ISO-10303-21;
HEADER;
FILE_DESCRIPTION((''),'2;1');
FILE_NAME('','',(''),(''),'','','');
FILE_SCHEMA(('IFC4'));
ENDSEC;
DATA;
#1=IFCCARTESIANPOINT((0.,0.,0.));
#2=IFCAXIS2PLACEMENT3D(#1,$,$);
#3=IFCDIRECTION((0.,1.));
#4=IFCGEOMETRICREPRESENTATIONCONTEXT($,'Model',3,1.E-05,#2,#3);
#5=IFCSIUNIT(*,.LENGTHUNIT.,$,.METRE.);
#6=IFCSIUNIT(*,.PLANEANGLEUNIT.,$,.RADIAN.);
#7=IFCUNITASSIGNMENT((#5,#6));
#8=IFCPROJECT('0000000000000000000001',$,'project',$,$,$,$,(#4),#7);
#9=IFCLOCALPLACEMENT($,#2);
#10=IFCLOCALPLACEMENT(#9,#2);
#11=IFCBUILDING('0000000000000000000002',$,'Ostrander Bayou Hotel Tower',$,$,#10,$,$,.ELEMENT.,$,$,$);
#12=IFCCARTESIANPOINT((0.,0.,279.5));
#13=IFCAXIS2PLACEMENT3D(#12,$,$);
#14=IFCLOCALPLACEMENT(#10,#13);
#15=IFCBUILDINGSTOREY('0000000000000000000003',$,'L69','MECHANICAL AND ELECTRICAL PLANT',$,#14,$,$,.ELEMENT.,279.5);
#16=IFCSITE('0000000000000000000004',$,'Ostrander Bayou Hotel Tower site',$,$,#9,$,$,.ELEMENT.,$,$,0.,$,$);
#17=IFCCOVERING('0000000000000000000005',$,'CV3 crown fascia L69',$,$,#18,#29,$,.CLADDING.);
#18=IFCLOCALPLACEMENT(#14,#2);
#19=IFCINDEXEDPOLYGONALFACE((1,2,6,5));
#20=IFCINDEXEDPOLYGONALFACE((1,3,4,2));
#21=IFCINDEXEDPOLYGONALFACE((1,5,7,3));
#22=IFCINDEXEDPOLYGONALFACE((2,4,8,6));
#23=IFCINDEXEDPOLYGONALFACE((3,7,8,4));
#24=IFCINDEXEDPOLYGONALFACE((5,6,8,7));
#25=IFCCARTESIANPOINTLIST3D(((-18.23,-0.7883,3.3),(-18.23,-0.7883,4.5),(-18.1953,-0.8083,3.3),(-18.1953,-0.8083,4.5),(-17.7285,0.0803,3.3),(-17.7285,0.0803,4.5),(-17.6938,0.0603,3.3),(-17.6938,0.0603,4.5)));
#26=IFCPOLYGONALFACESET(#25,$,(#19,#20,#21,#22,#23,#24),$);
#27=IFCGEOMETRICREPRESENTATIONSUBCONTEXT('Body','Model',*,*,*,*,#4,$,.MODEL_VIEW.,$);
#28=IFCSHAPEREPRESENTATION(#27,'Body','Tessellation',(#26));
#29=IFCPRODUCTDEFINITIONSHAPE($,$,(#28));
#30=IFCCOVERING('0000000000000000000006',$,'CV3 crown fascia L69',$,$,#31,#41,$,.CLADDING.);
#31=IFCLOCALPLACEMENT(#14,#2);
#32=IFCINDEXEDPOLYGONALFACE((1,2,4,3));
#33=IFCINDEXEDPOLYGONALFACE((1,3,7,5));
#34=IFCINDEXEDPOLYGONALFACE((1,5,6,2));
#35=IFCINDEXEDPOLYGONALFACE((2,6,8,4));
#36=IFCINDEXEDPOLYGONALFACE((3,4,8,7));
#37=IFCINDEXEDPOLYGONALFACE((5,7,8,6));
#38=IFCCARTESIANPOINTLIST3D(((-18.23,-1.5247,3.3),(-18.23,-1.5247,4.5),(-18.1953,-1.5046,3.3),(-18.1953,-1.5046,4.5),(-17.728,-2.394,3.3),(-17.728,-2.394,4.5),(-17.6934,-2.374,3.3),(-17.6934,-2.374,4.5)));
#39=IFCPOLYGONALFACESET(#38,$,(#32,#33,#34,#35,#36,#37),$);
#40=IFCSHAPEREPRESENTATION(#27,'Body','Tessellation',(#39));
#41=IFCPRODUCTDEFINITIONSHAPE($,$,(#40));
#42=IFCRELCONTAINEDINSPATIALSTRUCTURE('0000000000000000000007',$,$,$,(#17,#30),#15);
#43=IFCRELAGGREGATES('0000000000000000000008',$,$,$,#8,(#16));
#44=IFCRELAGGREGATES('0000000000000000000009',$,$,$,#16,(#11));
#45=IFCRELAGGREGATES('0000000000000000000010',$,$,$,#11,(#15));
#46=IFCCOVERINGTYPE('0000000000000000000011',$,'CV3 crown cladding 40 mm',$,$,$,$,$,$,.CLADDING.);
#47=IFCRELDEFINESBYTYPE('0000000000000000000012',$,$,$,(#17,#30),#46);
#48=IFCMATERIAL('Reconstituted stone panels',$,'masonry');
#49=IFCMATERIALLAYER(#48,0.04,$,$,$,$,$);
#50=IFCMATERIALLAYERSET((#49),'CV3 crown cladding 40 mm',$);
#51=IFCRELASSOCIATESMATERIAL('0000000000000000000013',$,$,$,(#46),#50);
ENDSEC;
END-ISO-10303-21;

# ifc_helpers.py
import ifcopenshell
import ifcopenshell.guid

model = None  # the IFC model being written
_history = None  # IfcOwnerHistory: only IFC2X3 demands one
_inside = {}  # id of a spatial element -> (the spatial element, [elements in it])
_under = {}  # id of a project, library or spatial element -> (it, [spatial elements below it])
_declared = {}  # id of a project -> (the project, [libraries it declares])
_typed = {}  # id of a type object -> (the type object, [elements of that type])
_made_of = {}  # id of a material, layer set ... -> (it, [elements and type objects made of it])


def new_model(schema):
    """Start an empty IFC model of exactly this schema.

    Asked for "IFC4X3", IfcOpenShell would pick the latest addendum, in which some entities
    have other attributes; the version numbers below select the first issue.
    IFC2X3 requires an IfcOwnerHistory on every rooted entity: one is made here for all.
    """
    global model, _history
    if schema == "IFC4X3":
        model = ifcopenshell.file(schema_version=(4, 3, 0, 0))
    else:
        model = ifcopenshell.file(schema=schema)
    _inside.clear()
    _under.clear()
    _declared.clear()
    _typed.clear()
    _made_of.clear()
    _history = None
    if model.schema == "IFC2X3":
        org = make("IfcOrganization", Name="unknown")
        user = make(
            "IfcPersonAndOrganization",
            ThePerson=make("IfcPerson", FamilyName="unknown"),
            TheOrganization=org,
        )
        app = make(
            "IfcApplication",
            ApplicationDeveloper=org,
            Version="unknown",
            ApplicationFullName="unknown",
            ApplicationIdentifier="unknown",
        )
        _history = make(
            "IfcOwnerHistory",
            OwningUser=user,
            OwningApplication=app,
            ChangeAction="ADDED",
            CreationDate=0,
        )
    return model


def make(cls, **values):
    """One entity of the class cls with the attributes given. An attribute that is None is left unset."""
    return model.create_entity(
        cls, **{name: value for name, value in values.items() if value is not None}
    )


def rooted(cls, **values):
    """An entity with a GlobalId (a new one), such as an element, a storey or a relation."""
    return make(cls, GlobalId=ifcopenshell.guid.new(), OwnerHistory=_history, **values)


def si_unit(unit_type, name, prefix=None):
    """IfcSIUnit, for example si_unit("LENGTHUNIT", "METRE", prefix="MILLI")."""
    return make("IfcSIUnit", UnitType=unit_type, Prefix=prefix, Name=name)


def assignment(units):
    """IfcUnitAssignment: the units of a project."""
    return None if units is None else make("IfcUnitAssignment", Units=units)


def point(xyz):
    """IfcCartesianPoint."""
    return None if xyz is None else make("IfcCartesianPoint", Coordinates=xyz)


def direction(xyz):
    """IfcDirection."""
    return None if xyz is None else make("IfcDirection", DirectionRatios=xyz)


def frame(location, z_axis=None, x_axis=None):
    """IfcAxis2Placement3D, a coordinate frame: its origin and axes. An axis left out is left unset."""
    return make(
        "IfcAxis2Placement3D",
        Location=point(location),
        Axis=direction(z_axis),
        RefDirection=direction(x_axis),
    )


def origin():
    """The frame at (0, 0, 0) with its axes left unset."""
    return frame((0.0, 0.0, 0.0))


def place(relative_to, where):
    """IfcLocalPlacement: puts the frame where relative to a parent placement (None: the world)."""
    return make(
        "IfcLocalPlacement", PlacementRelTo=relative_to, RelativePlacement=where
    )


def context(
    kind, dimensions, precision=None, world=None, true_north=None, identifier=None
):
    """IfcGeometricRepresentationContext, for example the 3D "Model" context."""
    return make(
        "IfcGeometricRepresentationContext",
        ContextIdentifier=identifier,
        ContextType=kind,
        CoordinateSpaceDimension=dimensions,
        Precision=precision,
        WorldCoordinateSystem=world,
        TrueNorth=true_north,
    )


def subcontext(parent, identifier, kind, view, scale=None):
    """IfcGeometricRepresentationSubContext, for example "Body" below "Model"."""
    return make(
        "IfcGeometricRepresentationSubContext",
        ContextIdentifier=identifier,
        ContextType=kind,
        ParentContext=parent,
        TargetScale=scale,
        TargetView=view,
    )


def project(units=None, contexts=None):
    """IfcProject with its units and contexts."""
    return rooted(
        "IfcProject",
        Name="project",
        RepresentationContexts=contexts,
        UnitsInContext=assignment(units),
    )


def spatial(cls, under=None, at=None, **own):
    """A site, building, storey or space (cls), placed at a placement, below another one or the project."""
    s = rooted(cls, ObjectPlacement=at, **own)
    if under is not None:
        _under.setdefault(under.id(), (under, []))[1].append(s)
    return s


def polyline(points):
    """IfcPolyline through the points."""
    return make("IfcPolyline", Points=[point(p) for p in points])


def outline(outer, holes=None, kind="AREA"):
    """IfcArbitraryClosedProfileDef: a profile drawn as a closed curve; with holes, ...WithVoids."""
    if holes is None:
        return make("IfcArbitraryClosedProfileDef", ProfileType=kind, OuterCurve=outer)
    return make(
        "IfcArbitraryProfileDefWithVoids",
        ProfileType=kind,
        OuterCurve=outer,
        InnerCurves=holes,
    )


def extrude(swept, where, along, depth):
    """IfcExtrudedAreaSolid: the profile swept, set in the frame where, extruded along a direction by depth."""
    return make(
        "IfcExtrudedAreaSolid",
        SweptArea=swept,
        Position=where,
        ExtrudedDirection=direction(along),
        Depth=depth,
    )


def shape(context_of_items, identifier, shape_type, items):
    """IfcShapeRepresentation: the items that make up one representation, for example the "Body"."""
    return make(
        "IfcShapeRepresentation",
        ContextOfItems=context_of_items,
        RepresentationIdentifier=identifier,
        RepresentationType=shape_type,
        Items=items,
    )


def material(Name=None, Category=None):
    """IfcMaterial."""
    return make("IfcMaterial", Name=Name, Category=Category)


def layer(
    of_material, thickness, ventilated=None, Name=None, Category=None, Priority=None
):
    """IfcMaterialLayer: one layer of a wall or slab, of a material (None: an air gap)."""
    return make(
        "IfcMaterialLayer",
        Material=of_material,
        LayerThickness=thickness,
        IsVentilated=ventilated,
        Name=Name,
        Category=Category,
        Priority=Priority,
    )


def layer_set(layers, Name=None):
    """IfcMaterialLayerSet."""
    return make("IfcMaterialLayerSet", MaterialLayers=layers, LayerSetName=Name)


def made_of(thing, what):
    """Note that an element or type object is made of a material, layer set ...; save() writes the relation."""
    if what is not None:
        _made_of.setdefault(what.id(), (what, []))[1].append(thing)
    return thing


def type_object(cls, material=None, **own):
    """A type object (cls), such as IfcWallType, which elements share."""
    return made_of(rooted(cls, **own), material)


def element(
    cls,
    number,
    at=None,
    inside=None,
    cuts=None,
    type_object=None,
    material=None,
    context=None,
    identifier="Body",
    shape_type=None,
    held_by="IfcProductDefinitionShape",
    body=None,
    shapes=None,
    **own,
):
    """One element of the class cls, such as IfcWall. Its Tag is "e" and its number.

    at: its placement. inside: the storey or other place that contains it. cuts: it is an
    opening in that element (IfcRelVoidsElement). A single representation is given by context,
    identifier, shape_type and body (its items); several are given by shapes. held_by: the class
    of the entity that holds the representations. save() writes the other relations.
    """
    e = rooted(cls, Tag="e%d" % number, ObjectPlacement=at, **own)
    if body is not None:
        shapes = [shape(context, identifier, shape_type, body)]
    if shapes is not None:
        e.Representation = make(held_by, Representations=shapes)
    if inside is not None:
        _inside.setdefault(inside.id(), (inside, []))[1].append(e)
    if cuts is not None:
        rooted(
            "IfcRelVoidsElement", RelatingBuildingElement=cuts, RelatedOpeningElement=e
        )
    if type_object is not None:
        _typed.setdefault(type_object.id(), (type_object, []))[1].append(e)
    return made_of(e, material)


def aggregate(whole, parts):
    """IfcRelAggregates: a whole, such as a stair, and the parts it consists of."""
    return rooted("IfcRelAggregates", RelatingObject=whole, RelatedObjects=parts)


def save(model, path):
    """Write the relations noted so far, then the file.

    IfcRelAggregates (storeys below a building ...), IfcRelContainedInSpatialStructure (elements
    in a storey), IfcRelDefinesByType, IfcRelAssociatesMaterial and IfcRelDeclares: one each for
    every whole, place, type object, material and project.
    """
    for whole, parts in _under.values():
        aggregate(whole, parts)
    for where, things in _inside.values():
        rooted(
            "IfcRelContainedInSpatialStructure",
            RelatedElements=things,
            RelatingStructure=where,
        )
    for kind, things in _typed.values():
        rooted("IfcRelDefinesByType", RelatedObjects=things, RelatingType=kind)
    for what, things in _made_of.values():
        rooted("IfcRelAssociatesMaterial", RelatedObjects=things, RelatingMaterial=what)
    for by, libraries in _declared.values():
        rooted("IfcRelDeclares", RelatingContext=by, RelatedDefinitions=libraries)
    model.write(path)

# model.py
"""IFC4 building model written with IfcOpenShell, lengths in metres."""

from ifc_helpers import new_model, si_unit, direction, frame, origin, place, context, subcontext, project, spatial, polyline, outline, extrude, material, layer, layer_set, type_object, element, save


model = new_model("IFC4")

# Units and contexts
model_context = context("Model", 3, precision=1e-05, world=origin(), true_north=direction((0.0, 1.0)))
body_context = subcontext(model_context, "Body", "Model", "MODEL_VIEW")
ifc_project = project(units=[si_unit("LENGTHUNIT", "METRE"), si_unit("PLANEANGLEUNIT", "RADIAN")], contexts=[model_context])

# Site, building, storey
site_placement = place(None, origin())
site = spatial("IfcSite", under=ifc_project, at=site_placement, Name="Ostrander Bayou Hotel Tower site", CompositionType="ELEMENT", RefElevation=0.0)
building_placement = place(site_placement, origin())
building = spatial("IfcBuilding", under=site, at=building_placement, Name="Ostrander Bayou Hotel Tower", CompositionType="ELEMENT")
storey_placement = place(building_placement, frame((0.0, 0.0, 279.5)))
storey = spatial("IfcBuildingStorey", under=building, at=storey_placement, Name="L69", Description="MECHANICAL AND ELECTRICAL PLANT", CompositionType="ELEMENT", Elevation=279.5)

# Coverings
ifc_material_1 = material(Name="Reconstituted stone panels", Category="masonry")
ifc_layer_1 = layer(ifc_material_1, 0.04)
ifc_layer_set_1 = layer_set([ifc_layer_1], Name="CV3 crown cladding 40 mm")
covering_type = type_object("IfcCoveringType", Name="CV3 crown cladding 40 mm", PredefinedType="CLADDING", material=ifc_layer_set_1)
for number, where, z_axis, x_axis, name in (
    (1, (-17.7285, 0.0803, 3.3), (-0.866048, 0.499961, 0.0), (-0.499961, -0.866048, 0.0), "CV3 crown fascia L69"),
):
    element("IfcCovering", number, at=place(storey_placement, frame(where, z_axis=z_axis, x_axis=x_axis)), inside=storey, type_object=covering_type, Name=name, PredefinedType="CLADDING", context=body_context, shape_type="SweptSolid", body=[
        extrude(outline(polyline([(0.0, 0.0), (1.003, 0.0), (1.003, 1.2), (0.0, 1.2), (0.0, 0.0)])), origin(), (0.0, 0.0, -1.0), 0.04),
    ])
covering_placement = place(storey_placement, frame((-18.23, -1.5247, 3.3), z_axis=(-0.86602, -0.50001, 0.0), x_axis=(0.50001, -0.86602, 0.0)))
element("IfcCovering", 2, at=covering_placement, inside=storey, type_object=covering_type, Name="CV3 crown fascia L69", PredefinedType="CLADDING", context=body_context, shape_type="SweptSolid", body=[
    extrude(outline(polyline([(0.0, 0.0), (1.0039, 0.0), (1.0039, 1.2), (0.0, 1.2), (0.0, 0.0)])), origin(), (0.0, 0.0, -1.0), 0.04),
])

save(model, "model.ifc")
